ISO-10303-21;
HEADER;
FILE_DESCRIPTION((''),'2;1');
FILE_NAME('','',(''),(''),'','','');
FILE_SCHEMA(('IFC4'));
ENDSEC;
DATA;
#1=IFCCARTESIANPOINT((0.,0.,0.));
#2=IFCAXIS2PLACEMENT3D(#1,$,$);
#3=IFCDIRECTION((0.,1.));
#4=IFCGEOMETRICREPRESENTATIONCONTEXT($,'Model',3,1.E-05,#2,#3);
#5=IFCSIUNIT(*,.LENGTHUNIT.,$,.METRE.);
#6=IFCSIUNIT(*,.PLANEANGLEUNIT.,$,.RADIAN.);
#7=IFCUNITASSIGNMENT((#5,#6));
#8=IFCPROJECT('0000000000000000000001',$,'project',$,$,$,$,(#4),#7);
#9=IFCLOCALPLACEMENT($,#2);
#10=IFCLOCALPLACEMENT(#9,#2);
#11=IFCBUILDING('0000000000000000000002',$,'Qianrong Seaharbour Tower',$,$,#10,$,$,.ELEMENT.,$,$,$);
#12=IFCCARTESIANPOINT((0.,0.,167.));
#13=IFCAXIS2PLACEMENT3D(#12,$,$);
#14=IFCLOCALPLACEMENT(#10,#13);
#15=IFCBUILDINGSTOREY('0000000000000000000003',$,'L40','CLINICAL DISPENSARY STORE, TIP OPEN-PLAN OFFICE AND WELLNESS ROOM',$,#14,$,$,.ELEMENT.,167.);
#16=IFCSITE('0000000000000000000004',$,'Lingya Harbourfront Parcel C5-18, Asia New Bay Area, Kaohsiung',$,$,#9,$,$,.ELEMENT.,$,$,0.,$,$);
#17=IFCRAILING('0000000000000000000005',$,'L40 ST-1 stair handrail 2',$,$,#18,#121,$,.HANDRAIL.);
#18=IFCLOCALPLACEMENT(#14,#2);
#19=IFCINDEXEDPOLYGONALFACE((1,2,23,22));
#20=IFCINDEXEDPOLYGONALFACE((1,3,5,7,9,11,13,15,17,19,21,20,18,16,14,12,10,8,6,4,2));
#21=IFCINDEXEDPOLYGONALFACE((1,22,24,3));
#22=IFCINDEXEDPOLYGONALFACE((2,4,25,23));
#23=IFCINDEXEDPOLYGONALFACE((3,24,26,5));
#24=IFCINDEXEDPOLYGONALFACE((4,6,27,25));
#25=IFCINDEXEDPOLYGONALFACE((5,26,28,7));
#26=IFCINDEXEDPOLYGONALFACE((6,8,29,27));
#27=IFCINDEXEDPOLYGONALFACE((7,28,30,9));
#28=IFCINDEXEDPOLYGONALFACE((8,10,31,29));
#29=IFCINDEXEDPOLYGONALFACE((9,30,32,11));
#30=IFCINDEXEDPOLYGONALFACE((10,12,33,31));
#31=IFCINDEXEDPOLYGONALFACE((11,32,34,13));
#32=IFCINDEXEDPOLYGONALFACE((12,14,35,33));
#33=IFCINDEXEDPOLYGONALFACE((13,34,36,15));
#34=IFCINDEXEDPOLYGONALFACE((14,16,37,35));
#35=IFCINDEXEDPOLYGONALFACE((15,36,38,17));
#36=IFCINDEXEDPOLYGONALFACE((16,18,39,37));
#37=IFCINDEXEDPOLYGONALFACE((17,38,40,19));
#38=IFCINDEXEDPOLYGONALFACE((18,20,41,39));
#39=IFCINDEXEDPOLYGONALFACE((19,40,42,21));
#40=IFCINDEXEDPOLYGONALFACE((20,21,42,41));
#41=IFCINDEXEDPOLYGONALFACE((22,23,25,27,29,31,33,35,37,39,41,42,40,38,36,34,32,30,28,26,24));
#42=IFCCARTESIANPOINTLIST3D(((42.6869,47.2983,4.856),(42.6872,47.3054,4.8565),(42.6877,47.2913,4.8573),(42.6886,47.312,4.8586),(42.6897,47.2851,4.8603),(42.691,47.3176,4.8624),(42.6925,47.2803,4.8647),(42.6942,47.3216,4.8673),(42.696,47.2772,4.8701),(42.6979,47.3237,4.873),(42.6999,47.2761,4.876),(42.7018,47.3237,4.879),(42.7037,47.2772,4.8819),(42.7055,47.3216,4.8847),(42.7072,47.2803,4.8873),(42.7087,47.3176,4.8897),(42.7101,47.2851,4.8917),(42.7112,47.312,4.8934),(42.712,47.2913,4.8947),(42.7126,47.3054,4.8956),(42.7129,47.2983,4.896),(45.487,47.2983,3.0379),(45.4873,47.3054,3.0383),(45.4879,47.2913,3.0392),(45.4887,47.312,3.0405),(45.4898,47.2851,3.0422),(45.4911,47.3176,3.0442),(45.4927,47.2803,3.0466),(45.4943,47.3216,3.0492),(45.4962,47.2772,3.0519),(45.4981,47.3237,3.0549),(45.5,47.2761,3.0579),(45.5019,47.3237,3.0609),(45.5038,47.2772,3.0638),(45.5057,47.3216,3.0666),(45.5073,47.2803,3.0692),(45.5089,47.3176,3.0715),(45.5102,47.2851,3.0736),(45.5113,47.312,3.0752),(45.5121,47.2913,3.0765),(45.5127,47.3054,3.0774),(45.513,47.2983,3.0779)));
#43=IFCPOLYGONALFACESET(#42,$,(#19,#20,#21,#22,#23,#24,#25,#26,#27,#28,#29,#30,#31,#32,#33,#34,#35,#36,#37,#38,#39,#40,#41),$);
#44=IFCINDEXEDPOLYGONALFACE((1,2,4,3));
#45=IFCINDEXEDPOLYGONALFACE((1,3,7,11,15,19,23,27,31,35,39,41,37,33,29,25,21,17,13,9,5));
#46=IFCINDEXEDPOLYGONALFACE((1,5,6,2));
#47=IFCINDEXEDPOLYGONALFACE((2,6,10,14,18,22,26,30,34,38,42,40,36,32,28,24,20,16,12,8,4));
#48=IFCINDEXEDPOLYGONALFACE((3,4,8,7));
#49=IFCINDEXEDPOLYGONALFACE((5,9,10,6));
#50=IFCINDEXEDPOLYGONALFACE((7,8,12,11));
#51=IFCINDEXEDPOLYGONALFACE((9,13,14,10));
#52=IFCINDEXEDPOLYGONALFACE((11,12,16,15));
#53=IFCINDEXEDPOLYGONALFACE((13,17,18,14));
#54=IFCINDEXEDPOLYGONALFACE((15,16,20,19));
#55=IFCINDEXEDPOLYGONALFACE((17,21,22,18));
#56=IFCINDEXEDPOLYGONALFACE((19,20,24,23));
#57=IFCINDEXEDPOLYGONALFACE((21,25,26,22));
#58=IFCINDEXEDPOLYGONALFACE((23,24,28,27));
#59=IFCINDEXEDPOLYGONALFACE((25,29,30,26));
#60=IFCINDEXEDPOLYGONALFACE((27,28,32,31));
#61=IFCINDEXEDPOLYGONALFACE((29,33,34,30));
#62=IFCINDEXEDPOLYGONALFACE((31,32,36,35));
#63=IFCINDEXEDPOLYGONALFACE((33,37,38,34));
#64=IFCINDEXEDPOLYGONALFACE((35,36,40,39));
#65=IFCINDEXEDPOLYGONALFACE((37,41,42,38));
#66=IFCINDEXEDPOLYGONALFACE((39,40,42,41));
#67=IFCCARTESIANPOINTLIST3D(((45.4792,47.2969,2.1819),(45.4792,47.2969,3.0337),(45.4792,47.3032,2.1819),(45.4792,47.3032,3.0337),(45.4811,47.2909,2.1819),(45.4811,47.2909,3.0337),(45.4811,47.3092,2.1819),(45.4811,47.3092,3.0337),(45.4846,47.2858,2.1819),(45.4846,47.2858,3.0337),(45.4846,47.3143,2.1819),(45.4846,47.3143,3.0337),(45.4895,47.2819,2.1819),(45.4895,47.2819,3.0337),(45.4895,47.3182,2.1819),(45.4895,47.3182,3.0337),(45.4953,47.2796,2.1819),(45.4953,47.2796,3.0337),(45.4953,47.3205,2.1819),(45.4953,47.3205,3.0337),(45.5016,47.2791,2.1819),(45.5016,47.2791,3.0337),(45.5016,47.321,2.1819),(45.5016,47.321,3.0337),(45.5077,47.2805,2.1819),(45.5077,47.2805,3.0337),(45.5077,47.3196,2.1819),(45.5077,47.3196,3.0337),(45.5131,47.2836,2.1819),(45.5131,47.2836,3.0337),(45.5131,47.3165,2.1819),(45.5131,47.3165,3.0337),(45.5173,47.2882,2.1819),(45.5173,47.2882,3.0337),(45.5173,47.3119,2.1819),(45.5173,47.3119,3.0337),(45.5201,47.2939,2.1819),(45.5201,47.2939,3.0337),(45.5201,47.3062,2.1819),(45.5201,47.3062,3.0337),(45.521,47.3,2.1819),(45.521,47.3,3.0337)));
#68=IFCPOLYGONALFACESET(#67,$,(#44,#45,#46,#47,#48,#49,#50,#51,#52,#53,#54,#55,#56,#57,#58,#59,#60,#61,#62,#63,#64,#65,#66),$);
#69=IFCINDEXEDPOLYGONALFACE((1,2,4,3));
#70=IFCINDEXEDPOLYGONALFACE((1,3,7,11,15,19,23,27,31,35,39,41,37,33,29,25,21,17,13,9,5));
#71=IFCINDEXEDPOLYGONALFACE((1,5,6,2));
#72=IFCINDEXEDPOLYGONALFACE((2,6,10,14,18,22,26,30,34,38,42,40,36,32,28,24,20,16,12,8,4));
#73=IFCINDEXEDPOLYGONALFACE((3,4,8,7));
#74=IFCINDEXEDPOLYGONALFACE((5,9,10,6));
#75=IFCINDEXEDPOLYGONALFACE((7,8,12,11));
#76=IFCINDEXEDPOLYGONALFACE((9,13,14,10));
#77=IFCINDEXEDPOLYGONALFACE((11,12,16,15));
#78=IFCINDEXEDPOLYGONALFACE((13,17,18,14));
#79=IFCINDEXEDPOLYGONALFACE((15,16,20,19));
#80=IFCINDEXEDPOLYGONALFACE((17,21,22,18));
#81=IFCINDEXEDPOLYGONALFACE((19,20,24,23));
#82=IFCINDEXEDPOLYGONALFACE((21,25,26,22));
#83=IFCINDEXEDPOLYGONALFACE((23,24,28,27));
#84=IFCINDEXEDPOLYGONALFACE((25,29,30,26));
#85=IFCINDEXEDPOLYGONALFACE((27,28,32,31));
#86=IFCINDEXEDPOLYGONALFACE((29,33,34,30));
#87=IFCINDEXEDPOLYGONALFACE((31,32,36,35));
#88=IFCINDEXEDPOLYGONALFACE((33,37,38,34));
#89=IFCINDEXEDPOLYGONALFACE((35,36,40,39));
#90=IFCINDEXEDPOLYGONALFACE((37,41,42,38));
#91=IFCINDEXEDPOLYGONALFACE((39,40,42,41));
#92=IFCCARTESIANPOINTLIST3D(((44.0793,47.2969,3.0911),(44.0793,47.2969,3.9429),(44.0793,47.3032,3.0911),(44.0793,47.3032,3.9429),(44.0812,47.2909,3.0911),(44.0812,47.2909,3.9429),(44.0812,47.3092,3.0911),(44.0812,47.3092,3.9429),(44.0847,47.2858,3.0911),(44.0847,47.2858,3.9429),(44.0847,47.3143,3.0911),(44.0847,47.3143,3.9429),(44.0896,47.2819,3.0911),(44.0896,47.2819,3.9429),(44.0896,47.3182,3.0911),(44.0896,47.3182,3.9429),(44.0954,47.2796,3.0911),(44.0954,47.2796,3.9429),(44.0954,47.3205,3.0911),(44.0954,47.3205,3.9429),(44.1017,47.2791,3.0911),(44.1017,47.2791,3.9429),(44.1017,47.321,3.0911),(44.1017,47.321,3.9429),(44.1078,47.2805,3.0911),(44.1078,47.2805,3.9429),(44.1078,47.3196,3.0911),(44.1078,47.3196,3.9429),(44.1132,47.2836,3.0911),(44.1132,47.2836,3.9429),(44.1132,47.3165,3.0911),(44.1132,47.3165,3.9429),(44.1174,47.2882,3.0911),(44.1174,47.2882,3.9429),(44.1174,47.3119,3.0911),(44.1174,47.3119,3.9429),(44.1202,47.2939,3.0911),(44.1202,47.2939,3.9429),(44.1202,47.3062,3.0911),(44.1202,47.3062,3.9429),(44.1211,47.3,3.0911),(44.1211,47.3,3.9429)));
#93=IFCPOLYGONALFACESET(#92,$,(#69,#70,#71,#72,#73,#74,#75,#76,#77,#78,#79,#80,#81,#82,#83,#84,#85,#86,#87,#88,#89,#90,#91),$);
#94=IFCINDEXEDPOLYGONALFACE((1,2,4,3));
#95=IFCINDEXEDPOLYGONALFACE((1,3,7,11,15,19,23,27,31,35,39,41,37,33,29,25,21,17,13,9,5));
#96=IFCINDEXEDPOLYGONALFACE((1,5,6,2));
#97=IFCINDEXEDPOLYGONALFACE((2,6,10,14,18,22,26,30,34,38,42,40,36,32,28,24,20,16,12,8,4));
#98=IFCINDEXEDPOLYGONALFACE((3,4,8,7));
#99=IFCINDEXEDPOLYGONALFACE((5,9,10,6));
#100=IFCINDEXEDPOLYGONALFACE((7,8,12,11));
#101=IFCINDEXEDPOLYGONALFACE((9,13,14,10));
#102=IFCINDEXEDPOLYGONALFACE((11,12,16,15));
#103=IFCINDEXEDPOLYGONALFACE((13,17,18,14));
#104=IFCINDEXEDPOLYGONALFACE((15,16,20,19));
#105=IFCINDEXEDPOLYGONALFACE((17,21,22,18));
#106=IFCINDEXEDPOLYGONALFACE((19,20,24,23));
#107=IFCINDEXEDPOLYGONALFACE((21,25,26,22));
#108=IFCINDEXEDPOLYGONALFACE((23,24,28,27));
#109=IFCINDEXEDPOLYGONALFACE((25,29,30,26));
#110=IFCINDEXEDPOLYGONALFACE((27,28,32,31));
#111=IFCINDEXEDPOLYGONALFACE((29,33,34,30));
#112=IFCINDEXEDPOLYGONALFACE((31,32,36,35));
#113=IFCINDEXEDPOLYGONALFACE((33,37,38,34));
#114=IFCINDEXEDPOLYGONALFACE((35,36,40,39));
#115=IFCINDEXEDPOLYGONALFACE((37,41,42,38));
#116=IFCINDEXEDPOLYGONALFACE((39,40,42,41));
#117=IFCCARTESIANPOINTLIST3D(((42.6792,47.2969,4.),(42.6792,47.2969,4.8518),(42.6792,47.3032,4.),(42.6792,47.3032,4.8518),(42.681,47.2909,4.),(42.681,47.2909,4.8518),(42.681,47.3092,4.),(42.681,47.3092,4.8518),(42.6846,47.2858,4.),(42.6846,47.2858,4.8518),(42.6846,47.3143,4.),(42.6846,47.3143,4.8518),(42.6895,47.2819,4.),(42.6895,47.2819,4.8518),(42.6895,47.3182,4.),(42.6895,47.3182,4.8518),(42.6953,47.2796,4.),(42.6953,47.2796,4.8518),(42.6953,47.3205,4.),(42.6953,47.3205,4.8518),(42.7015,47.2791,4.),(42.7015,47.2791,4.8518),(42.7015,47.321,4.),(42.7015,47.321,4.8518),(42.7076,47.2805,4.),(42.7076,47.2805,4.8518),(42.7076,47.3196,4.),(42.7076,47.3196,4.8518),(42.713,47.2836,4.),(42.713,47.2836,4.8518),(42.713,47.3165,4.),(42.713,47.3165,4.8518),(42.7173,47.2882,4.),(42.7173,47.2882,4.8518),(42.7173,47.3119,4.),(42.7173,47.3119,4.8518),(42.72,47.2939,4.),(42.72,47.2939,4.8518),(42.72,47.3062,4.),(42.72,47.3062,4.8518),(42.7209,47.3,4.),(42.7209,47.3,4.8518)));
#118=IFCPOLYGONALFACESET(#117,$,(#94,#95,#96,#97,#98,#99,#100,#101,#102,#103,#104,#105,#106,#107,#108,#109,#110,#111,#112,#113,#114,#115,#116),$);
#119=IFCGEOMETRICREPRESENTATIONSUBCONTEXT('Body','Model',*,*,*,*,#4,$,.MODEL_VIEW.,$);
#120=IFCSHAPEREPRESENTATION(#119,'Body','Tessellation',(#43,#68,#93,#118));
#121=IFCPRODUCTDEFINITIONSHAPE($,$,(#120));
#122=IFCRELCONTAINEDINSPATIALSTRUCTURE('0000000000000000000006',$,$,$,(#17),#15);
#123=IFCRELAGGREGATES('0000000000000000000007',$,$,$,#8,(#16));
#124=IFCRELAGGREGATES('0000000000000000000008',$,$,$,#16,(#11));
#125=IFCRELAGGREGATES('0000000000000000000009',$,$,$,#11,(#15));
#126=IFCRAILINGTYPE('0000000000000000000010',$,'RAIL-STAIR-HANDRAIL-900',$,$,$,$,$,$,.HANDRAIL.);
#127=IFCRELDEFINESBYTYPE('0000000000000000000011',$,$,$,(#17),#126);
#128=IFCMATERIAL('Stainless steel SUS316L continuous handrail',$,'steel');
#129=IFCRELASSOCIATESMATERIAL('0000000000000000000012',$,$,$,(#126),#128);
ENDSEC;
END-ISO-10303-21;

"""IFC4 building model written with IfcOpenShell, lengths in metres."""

from ifc_helpers import new_model, si_unit, direction, frame, origin, origin_2d, place, context, subcontext, project, spatial, circle, extrude, material, type_object, element, save


model = new_model("IFC4")

# Units and contexts
model_context = context("Model", 3, precision=1e-05, world=origin(), true_north=direction((0.0, 1.0)))
body_context = subcontext(model_context, "Body", "Model", "MODEL_VIEW")
ifc_project = project(units=[si_unit("LENGTHUNIT", "METRE"), si_unit("PLANEANGLEUNIT", "RADIAN")], contexts=[model_context])

# Site, building, storey
site_placement = place(None, origin())
site = spatial("IfcSite", under=ifc_project, at=site_placement, Name="Lingya Harbourfront Parcel C5-18, Asia New Bay Area, Kaohsiung", CompositionType="ELEMENT", RefElevation=0.0)
building_placement = place(site_placement, origin())
building = spatial("IfcBuilding", under=site, at=building_placement, Name="Qianrong Seaharbour Tower", CompositionType="ELEMENT")
storey_placement = place(building_placement, frame((0.0, 0.0, 167.0)))
storey = spatial("IfcBuildingStorey", under=building, at=storey_placement, Name="L40", Description="CLINICAL DISPENSARY STORE, TIP OPEN-PLAN OFFICE AND WELLNESS ROOM", CompositionType="ELEMENT", Elevation=167.0)

# Railing
ifc_material_1 = material(Name="Stainless steel SUS316L continuous handrail", Category="steel")
railing_type_1 = type_object("IfcRailingType", Name="RAIL-STAIR-HANDRAIL-900", PredefinedType="HANDRAIL", material=ifc_material_1)
railing_1_placement = place(storey_placement, frame((45.5, 47.3, 2.1819)))
element("IfcRailing", 1, at=railing_1_placement, inside=storey, type_object=railing_type_1, Name="L40 ST-1 stair handrail 2", PredefinedType="HANDRAIL", context=body_context, shape_type="SweptSolid", body=[
    extrude(circle(Radius=0.0239, at=origin_2d()), frame((0.0, 0.0, 0.876), z_axis=(-0.838706, 0.0, 0.544585), x_axis=(0.0, -1.0, 0.0)), (0.0, 0.0, 1.0), 3.3386),
    extrude(circle(Radius=0.021, at=origin_2d()), origin(), (0.0, 0.0, 1.0), 0.8518),
    extrude(circle(Radius=0.021, at=origin_2d()), frame((-1.3999, 0.0, 0.9092)), (0.0, 0.0, 1.0), 0.8518),
    extrude(circle(Radius=0.021, at=origin_2d()), frame((-2.8, 0.0, 1.8181)), (0.0, 0.0, 1.0), 0.8518),
])

save(model, "model.ifc")
